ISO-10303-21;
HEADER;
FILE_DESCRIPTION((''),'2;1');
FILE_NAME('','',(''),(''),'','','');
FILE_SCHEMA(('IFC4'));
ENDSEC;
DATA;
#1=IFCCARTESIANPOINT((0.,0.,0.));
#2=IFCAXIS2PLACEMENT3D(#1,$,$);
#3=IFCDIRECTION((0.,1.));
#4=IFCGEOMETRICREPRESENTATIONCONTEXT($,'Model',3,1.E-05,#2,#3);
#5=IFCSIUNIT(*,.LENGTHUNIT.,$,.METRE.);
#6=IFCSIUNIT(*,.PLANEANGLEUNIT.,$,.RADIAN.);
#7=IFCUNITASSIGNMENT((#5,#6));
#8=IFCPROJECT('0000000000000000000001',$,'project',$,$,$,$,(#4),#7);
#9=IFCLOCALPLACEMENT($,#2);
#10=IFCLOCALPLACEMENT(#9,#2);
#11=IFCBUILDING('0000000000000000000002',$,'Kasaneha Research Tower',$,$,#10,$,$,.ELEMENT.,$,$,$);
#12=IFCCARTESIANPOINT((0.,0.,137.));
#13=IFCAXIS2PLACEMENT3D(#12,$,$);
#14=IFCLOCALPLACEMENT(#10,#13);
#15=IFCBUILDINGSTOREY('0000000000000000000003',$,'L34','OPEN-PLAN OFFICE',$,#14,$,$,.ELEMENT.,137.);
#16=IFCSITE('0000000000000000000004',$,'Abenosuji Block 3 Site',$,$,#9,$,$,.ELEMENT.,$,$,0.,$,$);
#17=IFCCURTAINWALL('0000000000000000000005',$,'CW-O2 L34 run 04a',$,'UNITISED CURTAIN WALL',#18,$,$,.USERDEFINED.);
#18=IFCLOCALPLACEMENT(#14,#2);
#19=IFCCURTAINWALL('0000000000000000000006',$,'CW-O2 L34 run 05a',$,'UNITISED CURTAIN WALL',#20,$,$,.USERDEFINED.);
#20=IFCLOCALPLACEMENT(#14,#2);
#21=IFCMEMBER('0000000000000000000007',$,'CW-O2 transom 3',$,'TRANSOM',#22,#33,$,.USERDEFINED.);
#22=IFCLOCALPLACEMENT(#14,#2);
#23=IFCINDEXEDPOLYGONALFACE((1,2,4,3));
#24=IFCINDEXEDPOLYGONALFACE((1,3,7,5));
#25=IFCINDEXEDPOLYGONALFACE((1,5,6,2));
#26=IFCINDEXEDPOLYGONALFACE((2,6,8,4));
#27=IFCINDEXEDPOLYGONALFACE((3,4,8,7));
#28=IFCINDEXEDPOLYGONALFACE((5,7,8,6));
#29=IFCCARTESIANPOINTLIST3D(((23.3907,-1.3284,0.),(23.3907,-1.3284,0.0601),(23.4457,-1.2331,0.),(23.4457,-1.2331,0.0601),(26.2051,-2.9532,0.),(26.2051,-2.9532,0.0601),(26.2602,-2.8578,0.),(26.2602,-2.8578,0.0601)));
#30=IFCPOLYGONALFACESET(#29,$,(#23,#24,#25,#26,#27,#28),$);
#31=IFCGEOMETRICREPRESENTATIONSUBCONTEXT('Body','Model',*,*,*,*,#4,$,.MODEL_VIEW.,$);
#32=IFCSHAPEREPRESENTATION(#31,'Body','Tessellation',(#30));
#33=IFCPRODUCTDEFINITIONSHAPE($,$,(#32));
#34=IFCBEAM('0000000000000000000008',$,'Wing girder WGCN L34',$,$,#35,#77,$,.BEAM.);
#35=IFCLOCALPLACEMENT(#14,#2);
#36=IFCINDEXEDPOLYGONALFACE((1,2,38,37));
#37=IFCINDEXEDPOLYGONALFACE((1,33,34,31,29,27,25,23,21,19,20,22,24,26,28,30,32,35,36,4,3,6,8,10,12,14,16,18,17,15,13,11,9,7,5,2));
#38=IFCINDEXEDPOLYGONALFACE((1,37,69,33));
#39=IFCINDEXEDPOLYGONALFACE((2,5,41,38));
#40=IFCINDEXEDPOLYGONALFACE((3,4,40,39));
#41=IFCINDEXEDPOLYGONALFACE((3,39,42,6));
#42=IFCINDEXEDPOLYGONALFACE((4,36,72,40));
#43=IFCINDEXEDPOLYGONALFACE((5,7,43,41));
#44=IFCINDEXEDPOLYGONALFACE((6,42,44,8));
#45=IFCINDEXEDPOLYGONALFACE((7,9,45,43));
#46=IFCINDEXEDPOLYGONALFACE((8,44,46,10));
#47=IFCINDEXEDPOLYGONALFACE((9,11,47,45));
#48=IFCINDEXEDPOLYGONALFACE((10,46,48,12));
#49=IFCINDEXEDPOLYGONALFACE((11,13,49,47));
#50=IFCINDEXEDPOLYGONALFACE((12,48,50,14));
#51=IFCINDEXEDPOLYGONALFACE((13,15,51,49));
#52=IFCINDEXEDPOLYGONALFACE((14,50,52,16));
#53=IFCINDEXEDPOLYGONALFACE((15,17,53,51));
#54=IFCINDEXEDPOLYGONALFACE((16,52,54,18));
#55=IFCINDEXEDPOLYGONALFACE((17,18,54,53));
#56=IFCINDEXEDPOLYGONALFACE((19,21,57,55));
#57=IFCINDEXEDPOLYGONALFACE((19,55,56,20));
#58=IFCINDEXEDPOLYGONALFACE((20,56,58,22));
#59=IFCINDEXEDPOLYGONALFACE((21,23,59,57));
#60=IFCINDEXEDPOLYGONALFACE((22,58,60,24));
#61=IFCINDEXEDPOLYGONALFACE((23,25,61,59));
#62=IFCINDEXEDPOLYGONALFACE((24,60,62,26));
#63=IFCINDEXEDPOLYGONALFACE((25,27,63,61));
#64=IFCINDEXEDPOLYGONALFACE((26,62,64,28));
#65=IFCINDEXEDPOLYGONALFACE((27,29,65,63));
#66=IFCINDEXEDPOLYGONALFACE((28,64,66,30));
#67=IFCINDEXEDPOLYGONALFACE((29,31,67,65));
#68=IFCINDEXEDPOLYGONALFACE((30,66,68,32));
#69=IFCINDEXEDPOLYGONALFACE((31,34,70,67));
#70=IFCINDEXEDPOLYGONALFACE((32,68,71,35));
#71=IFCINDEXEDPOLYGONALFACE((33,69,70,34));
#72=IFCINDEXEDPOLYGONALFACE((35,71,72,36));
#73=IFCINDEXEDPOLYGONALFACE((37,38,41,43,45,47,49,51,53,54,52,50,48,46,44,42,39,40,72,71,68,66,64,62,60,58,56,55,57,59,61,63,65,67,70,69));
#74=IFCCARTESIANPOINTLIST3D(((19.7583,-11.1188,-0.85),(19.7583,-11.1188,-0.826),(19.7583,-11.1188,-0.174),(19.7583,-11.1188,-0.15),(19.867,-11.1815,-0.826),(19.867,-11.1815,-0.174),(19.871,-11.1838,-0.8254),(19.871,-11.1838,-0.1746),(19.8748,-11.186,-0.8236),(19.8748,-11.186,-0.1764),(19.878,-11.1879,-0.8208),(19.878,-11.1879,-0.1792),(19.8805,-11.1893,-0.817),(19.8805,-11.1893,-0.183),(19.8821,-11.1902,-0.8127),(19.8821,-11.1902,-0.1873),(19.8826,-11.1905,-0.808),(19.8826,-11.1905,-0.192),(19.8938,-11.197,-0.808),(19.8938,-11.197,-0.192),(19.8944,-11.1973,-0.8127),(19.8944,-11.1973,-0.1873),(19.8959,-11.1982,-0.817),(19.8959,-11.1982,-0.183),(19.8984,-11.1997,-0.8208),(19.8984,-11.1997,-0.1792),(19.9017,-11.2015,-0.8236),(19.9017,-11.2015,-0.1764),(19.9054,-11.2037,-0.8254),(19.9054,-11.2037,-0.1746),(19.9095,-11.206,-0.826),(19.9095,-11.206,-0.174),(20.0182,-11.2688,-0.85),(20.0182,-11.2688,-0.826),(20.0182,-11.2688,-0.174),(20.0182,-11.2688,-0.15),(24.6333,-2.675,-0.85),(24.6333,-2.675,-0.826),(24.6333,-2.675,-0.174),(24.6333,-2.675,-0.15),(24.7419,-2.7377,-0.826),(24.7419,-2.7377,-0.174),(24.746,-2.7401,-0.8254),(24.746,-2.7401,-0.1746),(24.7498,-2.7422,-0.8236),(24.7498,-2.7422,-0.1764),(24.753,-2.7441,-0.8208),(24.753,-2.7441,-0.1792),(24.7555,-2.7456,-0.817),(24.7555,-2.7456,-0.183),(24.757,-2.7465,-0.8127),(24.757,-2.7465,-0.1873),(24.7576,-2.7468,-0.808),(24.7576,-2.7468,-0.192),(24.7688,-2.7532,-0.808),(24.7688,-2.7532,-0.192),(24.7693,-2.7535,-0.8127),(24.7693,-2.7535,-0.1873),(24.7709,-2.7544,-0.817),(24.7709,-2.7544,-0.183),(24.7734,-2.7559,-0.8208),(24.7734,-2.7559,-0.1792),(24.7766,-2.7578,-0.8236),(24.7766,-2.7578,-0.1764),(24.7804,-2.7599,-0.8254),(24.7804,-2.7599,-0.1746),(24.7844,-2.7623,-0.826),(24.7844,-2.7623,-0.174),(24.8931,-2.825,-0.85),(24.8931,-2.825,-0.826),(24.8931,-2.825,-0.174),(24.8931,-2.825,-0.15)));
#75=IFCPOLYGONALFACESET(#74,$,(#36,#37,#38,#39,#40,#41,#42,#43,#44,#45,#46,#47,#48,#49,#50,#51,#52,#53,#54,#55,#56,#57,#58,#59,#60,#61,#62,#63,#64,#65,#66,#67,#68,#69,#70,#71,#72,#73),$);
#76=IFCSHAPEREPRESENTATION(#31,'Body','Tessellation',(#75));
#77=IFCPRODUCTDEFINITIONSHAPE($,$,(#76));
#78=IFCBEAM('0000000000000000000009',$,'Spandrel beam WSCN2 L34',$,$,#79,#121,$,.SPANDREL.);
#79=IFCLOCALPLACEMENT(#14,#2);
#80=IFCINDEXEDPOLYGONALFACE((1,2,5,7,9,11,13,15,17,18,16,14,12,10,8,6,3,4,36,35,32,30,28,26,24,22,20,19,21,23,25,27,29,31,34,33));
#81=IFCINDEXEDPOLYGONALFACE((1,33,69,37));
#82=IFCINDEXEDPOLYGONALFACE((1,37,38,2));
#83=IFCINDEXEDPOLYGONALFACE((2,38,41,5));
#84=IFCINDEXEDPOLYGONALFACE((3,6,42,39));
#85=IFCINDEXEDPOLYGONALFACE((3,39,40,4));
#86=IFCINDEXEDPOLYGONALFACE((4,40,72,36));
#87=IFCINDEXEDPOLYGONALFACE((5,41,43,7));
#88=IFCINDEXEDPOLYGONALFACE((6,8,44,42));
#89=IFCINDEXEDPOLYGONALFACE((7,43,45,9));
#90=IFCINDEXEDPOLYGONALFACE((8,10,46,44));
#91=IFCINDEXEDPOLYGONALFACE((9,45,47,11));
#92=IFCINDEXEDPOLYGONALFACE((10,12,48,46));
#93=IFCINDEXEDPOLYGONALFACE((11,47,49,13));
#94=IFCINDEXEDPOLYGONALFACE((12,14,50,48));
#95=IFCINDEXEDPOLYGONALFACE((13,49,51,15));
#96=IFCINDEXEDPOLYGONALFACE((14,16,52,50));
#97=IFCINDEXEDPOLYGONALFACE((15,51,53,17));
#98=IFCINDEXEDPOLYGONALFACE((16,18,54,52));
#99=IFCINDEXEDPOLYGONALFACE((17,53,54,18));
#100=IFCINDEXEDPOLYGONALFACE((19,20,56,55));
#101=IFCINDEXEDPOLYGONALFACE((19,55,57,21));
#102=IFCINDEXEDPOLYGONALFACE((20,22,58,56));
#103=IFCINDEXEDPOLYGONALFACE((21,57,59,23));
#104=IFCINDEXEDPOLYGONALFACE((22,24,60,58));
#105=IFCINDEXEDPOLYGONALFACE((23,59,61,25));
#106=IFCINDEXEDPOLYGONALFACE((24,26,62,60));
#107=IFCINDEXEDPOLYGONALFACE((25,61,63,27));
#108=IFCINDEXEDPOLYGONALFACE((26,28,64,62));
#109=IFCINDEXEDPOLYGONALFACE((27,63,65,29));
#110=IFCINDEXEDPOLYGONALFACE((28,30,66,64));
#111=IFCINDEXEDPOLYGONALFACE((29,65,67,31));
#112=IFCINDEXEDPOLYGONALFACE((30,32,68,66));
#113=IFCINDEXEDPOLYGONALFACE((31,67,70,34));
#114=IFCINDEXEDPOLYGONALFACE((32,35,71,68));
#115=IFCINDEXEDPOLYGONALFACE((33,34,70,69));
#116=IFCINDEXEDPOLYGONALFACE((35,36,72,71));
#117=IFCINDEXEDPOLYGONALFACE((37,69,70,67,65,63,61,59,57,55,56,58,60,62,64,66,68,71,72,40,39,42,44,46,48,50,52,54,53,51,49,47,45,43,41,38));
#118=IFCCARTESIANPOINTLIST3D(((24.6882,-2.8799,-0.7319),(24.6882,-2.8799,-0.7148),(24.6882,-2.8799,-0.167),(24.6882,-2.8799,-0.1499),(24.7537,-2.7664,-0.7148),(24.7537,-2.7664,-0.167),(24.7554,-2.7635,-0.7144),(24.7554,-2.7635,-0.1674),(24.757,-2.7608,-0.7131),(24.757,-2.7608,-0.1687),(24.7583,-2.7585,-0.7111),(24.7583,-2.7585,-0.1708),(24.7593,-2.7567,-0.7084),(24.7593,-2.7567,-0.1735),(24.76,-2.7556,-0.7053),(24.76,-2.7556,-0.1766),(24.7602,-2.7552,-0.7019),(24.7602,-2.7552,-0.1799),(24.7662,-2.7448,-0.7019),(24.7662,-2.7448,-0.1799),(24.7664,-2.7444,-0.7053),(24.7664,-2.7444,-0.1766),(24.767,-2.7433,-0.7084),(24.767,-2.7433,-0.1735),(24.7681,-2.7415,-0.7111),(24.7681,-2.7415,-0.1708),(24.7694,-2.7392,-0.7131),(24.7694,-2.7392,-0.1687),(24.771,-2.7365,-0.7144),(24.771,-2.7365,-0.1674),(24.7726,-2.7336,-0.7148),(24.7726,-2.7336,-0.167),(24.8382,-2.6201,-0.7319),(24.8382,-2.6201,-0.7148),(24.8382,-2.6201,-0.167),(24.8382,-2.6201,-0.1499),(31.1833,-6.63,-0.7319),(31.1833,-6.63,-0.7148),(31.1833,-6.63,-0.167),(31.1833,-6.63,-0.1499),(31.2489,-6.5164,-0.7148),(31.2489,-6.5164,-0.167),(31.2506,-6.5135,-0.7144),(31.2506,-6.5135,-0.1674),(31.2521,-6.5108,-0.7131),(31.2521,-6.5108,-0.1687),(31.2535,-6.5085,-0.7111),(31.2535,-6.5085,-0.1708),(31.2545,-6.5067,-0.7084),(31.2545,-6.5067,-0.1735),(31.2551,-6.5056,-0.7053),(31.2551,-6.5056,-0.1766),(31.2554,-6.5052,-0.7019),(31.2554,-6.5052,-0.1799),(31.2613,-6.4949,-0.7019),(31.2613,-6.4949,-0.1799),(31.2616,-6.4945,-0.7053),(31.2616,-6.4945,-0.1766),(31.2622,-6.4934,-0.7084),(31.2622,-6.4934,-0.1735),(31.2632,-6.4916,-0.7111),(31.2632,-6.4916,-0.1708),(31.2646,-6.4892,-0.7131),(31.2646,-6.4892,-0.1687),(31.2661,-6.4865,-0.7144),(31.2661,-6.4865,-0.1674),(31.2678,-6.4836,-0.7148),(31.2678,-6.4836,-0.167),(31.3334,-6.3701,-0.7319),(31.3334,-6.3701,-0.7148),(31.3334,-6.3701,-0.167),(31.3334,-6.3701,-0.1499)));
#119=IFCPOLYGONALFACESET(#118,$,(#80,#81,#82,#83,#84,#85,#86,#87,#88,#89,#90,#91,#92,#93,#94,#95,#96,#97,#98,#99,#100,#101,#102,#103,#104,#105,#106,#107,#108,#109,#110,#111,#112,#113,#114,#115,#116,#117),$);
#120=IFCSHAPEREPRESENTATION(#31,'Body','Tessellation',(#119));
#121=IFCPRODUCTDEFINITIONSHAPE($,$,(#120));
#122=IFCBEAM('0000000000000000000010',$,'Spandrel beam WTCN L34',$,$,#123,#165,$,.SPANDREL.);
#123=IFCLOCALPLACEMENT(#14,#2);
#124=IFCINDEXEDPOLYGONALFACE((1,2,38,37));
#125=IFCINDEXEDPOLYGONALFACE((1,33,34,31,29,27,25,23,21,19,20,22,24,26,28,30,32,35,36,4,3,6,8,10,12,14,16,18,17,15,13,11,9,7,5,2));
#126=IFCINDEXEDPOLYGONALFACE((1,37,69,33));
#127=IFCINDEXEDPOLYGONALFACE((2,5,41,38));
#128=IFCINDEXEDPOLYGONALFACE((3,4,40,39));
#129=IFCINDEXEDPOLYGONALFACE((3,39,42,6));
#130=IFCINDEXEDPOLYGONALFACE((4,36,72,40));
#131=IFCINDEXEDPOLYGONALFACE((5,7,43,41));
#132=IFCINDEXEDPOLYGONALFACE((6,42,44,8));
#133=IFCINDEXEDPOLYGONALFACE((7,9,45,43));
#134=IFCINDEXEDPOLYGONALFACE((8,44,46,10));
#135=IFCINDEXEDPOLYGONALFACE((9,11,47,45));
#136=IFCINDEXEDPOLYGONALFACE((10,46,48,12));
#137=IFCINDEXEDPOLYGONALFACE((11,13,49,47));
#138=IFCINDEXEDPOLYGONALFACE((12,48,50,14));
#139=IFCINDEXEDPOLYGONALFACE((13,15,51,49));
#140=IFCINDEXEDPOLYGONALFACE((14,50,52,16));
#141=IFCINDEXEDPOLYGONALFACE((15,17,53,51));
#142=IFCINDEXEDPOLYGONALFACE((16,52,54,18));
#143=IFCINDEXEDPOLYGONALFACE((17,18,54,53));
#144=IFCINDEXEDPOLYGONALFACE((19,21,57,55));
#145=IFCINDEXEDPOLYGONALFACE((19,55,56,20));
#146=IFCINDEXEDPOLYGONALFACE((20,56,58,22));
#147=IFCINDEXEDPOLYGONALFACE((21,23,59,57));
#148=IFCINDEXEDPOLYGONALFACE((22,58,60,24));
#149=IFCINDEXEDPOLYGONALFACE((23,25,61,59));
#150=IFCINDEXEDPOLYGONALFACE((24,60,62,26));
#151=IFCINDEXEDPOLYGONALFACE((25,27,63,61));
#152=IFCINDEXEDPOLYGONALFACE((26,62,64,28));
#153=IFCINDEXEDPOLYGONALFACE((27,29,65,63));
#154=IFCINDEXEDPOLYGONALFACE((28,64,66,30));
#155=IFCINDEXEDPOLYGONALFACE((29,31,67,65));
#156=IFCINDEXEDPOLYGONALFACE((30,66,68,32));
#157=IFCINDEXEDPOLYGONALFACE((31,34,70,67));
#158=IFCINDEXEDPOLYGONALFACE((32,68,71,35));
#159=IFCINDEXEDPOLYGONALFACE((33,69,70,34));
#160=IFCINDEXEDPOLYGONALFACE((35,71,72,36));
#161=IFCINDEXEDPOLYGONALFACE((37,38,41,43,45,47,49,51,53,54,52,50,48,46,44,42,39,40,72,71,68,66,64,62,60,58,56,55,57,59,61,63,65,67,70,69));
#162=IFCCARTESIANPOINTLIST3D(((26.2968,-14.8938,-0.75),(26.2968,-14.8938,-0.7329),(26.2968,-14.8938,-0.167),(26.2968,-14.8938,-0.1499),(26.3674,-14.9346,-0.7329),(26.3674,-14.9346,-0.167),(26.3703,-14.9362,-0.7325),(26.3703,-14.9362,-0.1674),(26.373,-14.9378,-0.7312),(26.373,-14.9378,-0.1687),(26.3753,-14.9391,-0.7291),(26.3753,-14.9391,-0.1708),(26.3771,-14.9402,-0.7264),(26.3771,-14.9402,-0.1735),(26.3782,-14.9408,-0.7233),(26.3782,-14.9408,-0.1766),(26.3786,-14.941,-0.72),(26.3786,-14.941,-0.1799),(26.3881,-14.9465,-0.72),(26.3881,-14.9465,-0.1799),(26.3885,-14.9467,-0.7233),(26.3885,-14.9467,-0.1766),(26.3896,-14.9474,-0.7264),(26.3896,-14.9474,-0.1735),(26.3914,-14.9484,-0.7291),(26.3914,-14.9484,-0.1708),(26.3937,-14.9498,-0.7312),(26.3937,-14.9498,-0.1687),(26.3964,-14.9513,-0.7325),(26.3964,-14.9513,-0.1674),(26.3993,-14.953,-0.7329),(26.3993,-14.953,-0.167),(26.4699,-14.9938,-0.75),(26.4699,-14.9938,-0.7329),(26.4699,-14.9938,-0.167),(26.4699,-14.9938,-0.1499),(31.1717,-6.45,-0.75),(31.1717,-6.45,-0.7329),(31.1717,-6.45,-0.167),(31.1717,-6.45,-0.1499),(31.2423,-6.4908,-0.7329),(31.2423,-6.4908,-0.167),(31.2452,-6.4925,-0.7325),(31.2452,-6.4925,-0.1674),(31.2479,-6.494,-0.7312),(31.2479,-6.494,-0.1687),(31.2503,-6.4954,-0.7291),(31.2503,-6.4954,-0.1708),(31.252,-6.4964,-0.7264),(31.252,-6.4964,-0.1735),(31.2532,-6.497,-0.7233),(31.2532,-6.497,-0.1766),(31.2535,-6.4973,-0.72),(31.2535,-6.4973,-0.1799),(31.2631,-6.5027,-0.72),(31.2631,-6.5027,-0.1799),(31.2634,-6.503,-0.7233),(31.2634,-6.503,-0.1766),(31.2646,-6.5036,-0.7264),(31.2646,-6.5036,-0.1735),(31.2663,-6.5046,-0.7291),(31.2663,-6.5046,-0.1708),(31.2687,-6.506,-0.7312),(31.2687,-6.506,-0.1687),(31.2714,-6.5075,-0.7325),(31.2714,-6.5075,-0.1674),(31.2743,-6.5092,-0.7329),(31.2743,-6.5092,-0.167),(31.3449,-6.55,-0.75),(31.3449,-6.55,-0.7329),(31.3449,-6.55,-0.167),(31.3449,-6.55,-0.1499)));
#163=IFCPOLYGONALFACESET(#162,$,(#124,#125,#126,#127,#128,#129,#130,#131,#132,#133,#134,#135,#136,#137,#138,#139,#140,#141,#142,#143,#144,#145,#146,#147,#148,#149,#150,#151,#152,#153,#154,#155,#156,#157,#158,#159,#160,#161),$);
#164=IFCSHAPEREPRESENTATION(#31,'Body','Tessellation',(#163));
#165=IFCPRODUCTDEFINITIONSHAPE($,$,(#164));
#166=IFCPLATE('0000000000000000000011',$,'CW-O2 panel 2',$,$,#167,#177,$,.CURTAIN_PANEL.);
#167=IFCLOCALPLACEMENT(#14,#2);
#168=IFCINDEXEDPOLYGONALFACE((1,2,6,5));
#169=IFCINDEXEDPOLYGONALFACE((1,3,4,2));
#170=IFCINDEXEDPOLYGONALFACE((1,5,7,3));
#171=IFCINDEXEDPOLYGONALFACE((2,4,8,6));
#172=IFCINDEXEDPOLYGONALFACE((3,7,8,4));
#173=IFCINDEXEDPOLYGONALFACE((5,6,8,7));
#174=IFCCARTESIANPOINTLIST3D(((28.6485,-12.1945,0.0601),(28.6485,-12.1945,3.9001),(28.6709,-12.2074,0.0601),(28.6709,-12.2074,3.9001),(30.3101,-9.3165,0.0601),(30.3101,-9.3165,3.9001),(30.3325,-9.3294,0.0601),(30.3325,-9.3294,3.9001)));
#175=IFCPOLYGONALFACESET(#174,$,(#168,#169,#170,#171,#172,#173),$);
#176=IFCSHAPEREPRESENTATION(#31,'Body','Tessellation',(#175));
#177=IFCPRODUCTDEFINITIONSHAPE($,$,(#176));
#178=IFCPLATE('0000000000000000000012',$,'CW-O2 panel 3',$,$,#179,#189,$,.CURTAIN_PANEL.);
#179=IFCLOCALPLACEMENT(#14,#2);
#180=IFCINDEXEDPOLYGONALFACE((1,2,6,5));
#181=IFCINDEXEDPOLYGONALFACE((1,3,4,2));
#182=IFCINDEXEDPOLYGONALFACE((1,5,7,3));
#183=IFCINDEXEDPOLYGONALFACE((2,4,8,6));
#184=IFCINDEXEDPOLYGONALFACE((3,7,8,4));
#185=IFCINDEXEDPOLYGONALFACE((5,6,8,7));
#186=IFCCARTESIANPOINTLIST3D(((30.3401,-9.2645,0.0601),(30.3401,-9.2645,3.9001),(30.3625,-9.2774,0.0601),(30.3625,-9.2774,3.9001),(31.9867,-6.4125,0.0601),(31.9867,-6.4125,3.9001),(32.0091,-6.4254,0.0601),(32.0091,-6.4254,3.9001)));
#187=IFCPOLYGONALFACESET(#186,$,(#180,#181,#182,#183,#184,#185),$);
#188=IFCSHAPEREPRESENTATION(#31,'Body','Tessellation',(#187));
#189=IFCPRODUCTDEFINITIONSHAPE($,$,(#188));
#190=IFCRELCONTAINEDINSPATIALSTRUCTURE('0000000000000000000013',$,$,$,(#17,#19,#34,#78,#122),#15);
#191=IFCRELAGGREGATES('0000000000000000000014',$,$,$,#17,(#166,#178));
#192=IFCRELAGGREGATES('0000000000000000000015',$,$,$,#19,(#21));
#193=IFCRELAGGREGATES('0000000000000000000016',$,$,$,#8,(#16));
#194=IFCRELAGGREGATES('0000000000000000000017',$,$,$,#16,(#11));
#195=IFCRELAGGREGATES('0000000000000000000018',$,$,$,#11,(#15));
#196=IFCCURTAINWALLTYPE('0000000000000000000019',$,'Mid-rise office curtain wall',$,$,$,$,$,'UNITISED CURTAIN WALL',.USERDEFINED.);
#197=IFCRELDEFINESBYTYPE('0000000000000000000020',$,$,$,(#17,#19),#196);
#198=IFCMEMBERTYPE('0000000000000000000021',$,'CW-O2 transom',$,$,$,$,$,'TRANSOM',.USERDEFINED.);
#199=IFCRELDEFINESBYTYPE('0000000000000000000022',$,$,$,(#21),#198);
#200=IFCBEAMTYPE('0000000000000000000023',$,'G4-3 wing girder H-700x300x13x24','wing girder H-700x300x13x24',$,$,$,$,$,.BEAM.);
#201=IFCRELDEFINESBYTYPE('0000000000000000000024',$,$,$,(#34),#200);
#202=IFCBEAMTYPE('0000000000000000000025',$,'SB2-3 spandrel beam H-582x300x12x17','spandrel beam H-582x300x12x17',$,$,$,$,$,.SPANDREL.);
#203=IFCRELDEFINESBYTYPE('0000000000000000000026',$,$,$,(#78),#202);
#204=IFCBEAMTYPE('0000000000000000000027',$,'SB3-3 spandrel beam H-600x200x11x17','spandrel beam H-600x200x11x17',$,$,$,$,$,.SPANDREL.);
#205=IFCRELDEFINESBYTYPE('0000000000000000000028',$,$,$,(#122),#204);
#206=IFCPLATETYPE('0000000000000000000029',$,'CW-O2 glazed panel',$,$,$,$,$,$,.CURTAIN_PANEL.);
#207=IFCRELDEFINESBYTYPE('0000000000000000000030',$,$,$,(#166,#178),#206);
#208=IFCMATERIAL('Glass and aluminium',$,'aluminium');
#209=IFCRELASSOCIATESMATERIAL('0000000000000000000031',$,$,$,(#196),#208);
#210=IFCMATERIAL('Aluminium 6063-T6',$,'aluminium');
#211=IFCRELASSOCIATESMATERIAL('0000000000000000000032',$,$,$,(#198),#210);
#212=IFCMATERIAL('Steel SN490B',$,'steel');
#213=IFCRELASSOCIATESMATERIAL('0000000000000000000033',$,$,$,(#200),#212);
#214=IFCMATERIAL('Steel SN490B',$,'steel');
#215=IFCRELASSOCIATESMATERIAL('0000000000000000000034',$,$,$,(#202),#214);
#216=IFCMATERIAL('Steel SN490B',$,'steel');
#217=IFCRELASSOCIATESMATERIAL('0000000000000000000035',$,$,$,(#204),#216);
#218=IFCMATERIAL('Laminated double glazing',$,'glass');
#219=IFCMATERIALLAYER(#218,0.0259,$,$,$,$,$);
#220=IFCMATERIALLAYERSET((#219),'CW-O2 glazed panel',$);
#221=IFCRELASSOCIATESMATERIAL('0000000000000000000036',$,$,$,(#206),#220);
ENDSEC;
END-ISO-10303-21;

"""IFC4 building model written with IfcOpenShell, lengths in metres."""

from ifc_helpers import new_model, si_unit, direction, frame, origin, origin_2d, place, context, subcontext, project, spatial, rectangle, i_section, extrude, material, layer, layer_set, material_profile, profile_set, type_object, element, aggregate, save


model = new_model("IFC4")

# Units and contexts
model_context = context("Model", 3, precision=1e-05, world=origin(), true_north=direction((0.0, 1.0)))
body_context = subcontext(model_context, "Body", "Model", "MODEL_VIEW")
ifc_project = project(units=[si_unit("LENGTHUNIT", "METRE"), si_unit("PLANEANGLEUNIT", "RADIAN")], contexts=[model_context])

# Site, building, storey
site_placement = place(None, origin())
site = spatial("IfcSite", under=ifc_project, at=site_placement, Name="Abenosuji Block 3 Site", CompositionType="ELEMENT", RefElevation=0.0)
building_placement = place(site_placement, origin())
building = spatial("IfcBuilding", under=site, at=building_placement, Name="Kasaneha Research Tower", CompositionType="ELEMENT")
storey_placement = place(building_placement, frame((0.0, 0.0, 137.0)))
storey = spatial("IfcBuildingStorey", under=building, at=storey_placement, Name="L34", Description="OPEN-PLAN OFFICE", CompositionType="ELEMENT", Elevation=137.0)

# Curtain walls
ifc_material_1 = material(Name="Glass and aluminium", Category="aluminium")
curtain_wall_type = type_object("IfcCurtainWallType", Name="Mid-rise office curtain wall", ElementType="UNITISED CURTAIN WALL", PredefinedType="USERDEFINED", material=ifc_material_1)
curtain_wall_1_placement = place(storey_placement, origin())
curtain_wall_1 = element("IfcCurtainWall", 1, at=curtain_wall_1_placement, inside=storey, type_object=curtain_wall_type, Name="CW-O2 L34 run 04a", ObjectType="UNITISED CURTAIN WALL", PredefinedType="USERDEFINED")
curtain_wall_2_placement = place(storey_placement, origin())
curtain_wall_2 = element("IfcCurtainWall", 2, at=curtain_wall_2_placement, inside=storey, type_object=curtain_wall_type, Name="CW-O2 L34 run 05a", ObjectType="UNITISED CURTAIN WALL", PredefinedType="USERDEFINED")

# Member
ifc_material_2 = material(Name="Aluminium 6063-T6", Category="aluminium")
ifc_material_profile_1 = material_profile(ifc_material_2, rectangle(XDim=0.1101, YDim=0.0601, at=origin_2d()), Name="CW-O2 transom 110x60")
ifc_profile_set_1 = profile_set([ifc_material_profile_1], Name="Aluminium 6063-T6")
member_type_1 = type_object("IfcMemberType", Name="CW-O2 transom", ElementType="TRANSOM", PredefinedType="USERDEFINED", material=ifc_profile_set_1)
member_1_placement = place(storey_placement, frame((26.2327, -2.9055, 0.03), z_axis=(-0.866048, 0.499961, 0.0), x_axis=(-0.499961, -0.866048, 0.0)))
member_1 = element("IfcMember", 3, at=member_1_placement, type_object=member_type_1, Name="CW-O2 transom 3", ObjectType="TRANSOM", PredefinedType="USERDEFINED", context=body_context, shape_type="SweptSolid", body=[
    extrude(rectangle(XDim=0.1101, YDim=0.0601, at=origin_2d()), origin(), (0.0, 0.0, 1.0), 3.2498),
])

# Beams
ifc_material_3 = material(Name="Steel SN490B", Category="steel")
ifc_material_profile_2 = material_profile(ifc_material_3, i_section(OverallWidth=0.3, OverallDepth=0.7, WebThickness=0.0129, FlangeThickness=0.0239, FilletRadius=0.0181, at=origin_2d()), Name="H-700x300x13x24")
ifc_profile_set_2 = profile_set([ifc_material_profile_2], Name="Steel SN490B")
beam_type_1 = type_object("IfcBeamType", Name="G4-3 wing girder H-700x300x13x24", Description="wing girder H-700x300x13x24", PredefinedType="BEAM", material=ifc_profile_set_2)
beam_1_placement = place(storey_placement, frame((24.7632, -2.75, -0.5), z_axis=(-0.499996, -0.866028, 0.0), x_axis=(0.866028, -0.499996, 0.0)))
element("IfcBeam", 4, at=beam_1_placement, inside=storey, type_object=beam_type_1, Name="Wing girder WGCN L34", PredefinedType="BEAM", context=body_context, shape_type="SweptSolid", body=[
    extrude(i_section(OverallWidth=0.3, OverallDepth=0.7, WebThickness=0.0129, FlangeThickness=0.0239, FilletRadius=0.0181, at=origin_2d()), origin(), (0.0, 0.0, 1.0), 9.75),
])
ifc_material_4 = material(Name="Steel SN490B", Category="steel")
ifc_material_profile_3 = material_profile(ifc_material_4, i_section(OverallWidth=0.3, OverallDepth=0.582, WebThickness=0.012, FlangeThickness=0.0171, FilletRadius=0.0129, at=origin_2d()), Name="H-582x300x12x17")
ifc_profile_set_3 = profile_set([ifc_material_profile_3], Name="Steel SN490B")
beam_type_2 = type_object("IfcBeamType", Name="SB2-3 spandrel beam H-582x300x12x17", Description="spandrel beam H-582x300x12x17", PredefinedType="SPANDREL", material=ifc_profile_set_3)
beam_2_placement = place(storey_placement, frame((24.7632, -2.75, -0.4409), z_axis=(0.866023, -0.500004, 0.0), x_axis=(0.500004, 0.866023, 0.0)))
element("IfcBeam", 5, at=beam_2_placement, inside=storey, type_object=beam_type_2, Name="Spandrel beam WSCN2 L34", PredefinedType="SPANDREL", context=body_context, shape_type="SweptSolid", body=[
    extrude(i_section(OverallWidth=0.3, OverallDepth=0.582, WebThickness=0.012, FlangeThickness=0.0171, FilletRadius=0.0129, at=origin_2d()), origin(), (0.0, 0.0, 1.0), 7.5),
])
ifc_material_5 = material(Name="Steel SN490B", Category="steel")
ifc_material_profile_4 = material_profile(ifc_material_5, i_section(OverallWidth=0.2, OverallDepth=0.6001, WebThickness=0.011, FlangeThickness=0.0171, FilletRadius=0.0129, at=origin_2d()), Name="H-600x200x11x17")
ifc_profile_set_4 = profile_set([ifc_material_profile_4], Name="Steel SN490B")
beam_type_3 = type_object("IfcBeamType", Name="SB3-3 spandrel beam H-600x200x11x17", Description="spandrel beam H-600x200x11x17", PredefinedType="SPANDREL", material=ifc_profile_set_4)
beam_3_placement = place(storey_placement, frame((31.2583, -6.5, -0.45), z_axis=(-0.499996, -0.866028, 0.0), x_axis=(0.866028, -0.499996, 0.0)))
element("IfcBeam", 6, at=beam_3_placement, inside=storey, type_object=beam_type_3, Name="Spandrel beam WTCN L34", PredefinedType="SPANDREL", context=body_context, shape_type="SweptSolid", body=[
    extrude(i_section(OverallWidth=0.2, OverallDepth=0.6001, WebThickness=0.011, FlangeThickness=0.0171, FilletRadius=0.0129, at=origin_2d()), origin(), (0.0, 0.0, 1.0), 9.75),
])

# Plates
ifc_material_6 = material(Name="Laminated double glazing", Category="glass")
ifc_layer_1 = layer(ifc_material_6, 0.0259)
ifc_layer_set_1 = layer_set([ifc_layer_1], Name="CW-O2 glazed panel")
plate_type = type_object("IfcPlateType", Name="CW-O2 glazed panel", PredefinedType="CURTAIN_PANEL", material=ifc_layer_set_1)
plate_1_placement = place(storey_placement, frame((29.4905, -10.762, 0.0601), z_axis=(0.0, 0.0, 1.0), x_axis=(0.5, 0.866025, 0.0)))
plate_1 = element("IfcPlate", 7, at=plate_1_placement, type_object=plate_type, Name="CW-O2 panel 2", PredefinedType="CURTAIN_PANEL", context=body_context, shape_type="SweptSolid", body=[
    extrude(rectangle(XDim=3.3232, YDim=0.0259, at=origin_2d()), origin(), (0.0, 0.0, 1.0), 3.8401),
])
plate_2_placement = place(storey_placement, frame((31.1746, -7.845, 0.0601), z_axis=(0.0, 0.0, 1.0), x_axis=(0.5, 0.866025, 0.0)))
plate_2 = element("IfcPlate", 8, at=plate_2_placement, type_object=plate_type, Name="CW-O2 panel 3", PredefinedType="CURTAIN_PANEL", context=body_context, shape_type="SweptSolid", body=[
    extrude(rectangle(XDim=3.2932, YDim=0.0259, at=origin_2d()), origin(), (0.0, 0.0, 1.0), 3.8401),
])
aggregate(curtain_wall_1, [plate_1, plate_2])
aggregate(curtain_wall_2, [member_1])

save(model, "model.ifc")
